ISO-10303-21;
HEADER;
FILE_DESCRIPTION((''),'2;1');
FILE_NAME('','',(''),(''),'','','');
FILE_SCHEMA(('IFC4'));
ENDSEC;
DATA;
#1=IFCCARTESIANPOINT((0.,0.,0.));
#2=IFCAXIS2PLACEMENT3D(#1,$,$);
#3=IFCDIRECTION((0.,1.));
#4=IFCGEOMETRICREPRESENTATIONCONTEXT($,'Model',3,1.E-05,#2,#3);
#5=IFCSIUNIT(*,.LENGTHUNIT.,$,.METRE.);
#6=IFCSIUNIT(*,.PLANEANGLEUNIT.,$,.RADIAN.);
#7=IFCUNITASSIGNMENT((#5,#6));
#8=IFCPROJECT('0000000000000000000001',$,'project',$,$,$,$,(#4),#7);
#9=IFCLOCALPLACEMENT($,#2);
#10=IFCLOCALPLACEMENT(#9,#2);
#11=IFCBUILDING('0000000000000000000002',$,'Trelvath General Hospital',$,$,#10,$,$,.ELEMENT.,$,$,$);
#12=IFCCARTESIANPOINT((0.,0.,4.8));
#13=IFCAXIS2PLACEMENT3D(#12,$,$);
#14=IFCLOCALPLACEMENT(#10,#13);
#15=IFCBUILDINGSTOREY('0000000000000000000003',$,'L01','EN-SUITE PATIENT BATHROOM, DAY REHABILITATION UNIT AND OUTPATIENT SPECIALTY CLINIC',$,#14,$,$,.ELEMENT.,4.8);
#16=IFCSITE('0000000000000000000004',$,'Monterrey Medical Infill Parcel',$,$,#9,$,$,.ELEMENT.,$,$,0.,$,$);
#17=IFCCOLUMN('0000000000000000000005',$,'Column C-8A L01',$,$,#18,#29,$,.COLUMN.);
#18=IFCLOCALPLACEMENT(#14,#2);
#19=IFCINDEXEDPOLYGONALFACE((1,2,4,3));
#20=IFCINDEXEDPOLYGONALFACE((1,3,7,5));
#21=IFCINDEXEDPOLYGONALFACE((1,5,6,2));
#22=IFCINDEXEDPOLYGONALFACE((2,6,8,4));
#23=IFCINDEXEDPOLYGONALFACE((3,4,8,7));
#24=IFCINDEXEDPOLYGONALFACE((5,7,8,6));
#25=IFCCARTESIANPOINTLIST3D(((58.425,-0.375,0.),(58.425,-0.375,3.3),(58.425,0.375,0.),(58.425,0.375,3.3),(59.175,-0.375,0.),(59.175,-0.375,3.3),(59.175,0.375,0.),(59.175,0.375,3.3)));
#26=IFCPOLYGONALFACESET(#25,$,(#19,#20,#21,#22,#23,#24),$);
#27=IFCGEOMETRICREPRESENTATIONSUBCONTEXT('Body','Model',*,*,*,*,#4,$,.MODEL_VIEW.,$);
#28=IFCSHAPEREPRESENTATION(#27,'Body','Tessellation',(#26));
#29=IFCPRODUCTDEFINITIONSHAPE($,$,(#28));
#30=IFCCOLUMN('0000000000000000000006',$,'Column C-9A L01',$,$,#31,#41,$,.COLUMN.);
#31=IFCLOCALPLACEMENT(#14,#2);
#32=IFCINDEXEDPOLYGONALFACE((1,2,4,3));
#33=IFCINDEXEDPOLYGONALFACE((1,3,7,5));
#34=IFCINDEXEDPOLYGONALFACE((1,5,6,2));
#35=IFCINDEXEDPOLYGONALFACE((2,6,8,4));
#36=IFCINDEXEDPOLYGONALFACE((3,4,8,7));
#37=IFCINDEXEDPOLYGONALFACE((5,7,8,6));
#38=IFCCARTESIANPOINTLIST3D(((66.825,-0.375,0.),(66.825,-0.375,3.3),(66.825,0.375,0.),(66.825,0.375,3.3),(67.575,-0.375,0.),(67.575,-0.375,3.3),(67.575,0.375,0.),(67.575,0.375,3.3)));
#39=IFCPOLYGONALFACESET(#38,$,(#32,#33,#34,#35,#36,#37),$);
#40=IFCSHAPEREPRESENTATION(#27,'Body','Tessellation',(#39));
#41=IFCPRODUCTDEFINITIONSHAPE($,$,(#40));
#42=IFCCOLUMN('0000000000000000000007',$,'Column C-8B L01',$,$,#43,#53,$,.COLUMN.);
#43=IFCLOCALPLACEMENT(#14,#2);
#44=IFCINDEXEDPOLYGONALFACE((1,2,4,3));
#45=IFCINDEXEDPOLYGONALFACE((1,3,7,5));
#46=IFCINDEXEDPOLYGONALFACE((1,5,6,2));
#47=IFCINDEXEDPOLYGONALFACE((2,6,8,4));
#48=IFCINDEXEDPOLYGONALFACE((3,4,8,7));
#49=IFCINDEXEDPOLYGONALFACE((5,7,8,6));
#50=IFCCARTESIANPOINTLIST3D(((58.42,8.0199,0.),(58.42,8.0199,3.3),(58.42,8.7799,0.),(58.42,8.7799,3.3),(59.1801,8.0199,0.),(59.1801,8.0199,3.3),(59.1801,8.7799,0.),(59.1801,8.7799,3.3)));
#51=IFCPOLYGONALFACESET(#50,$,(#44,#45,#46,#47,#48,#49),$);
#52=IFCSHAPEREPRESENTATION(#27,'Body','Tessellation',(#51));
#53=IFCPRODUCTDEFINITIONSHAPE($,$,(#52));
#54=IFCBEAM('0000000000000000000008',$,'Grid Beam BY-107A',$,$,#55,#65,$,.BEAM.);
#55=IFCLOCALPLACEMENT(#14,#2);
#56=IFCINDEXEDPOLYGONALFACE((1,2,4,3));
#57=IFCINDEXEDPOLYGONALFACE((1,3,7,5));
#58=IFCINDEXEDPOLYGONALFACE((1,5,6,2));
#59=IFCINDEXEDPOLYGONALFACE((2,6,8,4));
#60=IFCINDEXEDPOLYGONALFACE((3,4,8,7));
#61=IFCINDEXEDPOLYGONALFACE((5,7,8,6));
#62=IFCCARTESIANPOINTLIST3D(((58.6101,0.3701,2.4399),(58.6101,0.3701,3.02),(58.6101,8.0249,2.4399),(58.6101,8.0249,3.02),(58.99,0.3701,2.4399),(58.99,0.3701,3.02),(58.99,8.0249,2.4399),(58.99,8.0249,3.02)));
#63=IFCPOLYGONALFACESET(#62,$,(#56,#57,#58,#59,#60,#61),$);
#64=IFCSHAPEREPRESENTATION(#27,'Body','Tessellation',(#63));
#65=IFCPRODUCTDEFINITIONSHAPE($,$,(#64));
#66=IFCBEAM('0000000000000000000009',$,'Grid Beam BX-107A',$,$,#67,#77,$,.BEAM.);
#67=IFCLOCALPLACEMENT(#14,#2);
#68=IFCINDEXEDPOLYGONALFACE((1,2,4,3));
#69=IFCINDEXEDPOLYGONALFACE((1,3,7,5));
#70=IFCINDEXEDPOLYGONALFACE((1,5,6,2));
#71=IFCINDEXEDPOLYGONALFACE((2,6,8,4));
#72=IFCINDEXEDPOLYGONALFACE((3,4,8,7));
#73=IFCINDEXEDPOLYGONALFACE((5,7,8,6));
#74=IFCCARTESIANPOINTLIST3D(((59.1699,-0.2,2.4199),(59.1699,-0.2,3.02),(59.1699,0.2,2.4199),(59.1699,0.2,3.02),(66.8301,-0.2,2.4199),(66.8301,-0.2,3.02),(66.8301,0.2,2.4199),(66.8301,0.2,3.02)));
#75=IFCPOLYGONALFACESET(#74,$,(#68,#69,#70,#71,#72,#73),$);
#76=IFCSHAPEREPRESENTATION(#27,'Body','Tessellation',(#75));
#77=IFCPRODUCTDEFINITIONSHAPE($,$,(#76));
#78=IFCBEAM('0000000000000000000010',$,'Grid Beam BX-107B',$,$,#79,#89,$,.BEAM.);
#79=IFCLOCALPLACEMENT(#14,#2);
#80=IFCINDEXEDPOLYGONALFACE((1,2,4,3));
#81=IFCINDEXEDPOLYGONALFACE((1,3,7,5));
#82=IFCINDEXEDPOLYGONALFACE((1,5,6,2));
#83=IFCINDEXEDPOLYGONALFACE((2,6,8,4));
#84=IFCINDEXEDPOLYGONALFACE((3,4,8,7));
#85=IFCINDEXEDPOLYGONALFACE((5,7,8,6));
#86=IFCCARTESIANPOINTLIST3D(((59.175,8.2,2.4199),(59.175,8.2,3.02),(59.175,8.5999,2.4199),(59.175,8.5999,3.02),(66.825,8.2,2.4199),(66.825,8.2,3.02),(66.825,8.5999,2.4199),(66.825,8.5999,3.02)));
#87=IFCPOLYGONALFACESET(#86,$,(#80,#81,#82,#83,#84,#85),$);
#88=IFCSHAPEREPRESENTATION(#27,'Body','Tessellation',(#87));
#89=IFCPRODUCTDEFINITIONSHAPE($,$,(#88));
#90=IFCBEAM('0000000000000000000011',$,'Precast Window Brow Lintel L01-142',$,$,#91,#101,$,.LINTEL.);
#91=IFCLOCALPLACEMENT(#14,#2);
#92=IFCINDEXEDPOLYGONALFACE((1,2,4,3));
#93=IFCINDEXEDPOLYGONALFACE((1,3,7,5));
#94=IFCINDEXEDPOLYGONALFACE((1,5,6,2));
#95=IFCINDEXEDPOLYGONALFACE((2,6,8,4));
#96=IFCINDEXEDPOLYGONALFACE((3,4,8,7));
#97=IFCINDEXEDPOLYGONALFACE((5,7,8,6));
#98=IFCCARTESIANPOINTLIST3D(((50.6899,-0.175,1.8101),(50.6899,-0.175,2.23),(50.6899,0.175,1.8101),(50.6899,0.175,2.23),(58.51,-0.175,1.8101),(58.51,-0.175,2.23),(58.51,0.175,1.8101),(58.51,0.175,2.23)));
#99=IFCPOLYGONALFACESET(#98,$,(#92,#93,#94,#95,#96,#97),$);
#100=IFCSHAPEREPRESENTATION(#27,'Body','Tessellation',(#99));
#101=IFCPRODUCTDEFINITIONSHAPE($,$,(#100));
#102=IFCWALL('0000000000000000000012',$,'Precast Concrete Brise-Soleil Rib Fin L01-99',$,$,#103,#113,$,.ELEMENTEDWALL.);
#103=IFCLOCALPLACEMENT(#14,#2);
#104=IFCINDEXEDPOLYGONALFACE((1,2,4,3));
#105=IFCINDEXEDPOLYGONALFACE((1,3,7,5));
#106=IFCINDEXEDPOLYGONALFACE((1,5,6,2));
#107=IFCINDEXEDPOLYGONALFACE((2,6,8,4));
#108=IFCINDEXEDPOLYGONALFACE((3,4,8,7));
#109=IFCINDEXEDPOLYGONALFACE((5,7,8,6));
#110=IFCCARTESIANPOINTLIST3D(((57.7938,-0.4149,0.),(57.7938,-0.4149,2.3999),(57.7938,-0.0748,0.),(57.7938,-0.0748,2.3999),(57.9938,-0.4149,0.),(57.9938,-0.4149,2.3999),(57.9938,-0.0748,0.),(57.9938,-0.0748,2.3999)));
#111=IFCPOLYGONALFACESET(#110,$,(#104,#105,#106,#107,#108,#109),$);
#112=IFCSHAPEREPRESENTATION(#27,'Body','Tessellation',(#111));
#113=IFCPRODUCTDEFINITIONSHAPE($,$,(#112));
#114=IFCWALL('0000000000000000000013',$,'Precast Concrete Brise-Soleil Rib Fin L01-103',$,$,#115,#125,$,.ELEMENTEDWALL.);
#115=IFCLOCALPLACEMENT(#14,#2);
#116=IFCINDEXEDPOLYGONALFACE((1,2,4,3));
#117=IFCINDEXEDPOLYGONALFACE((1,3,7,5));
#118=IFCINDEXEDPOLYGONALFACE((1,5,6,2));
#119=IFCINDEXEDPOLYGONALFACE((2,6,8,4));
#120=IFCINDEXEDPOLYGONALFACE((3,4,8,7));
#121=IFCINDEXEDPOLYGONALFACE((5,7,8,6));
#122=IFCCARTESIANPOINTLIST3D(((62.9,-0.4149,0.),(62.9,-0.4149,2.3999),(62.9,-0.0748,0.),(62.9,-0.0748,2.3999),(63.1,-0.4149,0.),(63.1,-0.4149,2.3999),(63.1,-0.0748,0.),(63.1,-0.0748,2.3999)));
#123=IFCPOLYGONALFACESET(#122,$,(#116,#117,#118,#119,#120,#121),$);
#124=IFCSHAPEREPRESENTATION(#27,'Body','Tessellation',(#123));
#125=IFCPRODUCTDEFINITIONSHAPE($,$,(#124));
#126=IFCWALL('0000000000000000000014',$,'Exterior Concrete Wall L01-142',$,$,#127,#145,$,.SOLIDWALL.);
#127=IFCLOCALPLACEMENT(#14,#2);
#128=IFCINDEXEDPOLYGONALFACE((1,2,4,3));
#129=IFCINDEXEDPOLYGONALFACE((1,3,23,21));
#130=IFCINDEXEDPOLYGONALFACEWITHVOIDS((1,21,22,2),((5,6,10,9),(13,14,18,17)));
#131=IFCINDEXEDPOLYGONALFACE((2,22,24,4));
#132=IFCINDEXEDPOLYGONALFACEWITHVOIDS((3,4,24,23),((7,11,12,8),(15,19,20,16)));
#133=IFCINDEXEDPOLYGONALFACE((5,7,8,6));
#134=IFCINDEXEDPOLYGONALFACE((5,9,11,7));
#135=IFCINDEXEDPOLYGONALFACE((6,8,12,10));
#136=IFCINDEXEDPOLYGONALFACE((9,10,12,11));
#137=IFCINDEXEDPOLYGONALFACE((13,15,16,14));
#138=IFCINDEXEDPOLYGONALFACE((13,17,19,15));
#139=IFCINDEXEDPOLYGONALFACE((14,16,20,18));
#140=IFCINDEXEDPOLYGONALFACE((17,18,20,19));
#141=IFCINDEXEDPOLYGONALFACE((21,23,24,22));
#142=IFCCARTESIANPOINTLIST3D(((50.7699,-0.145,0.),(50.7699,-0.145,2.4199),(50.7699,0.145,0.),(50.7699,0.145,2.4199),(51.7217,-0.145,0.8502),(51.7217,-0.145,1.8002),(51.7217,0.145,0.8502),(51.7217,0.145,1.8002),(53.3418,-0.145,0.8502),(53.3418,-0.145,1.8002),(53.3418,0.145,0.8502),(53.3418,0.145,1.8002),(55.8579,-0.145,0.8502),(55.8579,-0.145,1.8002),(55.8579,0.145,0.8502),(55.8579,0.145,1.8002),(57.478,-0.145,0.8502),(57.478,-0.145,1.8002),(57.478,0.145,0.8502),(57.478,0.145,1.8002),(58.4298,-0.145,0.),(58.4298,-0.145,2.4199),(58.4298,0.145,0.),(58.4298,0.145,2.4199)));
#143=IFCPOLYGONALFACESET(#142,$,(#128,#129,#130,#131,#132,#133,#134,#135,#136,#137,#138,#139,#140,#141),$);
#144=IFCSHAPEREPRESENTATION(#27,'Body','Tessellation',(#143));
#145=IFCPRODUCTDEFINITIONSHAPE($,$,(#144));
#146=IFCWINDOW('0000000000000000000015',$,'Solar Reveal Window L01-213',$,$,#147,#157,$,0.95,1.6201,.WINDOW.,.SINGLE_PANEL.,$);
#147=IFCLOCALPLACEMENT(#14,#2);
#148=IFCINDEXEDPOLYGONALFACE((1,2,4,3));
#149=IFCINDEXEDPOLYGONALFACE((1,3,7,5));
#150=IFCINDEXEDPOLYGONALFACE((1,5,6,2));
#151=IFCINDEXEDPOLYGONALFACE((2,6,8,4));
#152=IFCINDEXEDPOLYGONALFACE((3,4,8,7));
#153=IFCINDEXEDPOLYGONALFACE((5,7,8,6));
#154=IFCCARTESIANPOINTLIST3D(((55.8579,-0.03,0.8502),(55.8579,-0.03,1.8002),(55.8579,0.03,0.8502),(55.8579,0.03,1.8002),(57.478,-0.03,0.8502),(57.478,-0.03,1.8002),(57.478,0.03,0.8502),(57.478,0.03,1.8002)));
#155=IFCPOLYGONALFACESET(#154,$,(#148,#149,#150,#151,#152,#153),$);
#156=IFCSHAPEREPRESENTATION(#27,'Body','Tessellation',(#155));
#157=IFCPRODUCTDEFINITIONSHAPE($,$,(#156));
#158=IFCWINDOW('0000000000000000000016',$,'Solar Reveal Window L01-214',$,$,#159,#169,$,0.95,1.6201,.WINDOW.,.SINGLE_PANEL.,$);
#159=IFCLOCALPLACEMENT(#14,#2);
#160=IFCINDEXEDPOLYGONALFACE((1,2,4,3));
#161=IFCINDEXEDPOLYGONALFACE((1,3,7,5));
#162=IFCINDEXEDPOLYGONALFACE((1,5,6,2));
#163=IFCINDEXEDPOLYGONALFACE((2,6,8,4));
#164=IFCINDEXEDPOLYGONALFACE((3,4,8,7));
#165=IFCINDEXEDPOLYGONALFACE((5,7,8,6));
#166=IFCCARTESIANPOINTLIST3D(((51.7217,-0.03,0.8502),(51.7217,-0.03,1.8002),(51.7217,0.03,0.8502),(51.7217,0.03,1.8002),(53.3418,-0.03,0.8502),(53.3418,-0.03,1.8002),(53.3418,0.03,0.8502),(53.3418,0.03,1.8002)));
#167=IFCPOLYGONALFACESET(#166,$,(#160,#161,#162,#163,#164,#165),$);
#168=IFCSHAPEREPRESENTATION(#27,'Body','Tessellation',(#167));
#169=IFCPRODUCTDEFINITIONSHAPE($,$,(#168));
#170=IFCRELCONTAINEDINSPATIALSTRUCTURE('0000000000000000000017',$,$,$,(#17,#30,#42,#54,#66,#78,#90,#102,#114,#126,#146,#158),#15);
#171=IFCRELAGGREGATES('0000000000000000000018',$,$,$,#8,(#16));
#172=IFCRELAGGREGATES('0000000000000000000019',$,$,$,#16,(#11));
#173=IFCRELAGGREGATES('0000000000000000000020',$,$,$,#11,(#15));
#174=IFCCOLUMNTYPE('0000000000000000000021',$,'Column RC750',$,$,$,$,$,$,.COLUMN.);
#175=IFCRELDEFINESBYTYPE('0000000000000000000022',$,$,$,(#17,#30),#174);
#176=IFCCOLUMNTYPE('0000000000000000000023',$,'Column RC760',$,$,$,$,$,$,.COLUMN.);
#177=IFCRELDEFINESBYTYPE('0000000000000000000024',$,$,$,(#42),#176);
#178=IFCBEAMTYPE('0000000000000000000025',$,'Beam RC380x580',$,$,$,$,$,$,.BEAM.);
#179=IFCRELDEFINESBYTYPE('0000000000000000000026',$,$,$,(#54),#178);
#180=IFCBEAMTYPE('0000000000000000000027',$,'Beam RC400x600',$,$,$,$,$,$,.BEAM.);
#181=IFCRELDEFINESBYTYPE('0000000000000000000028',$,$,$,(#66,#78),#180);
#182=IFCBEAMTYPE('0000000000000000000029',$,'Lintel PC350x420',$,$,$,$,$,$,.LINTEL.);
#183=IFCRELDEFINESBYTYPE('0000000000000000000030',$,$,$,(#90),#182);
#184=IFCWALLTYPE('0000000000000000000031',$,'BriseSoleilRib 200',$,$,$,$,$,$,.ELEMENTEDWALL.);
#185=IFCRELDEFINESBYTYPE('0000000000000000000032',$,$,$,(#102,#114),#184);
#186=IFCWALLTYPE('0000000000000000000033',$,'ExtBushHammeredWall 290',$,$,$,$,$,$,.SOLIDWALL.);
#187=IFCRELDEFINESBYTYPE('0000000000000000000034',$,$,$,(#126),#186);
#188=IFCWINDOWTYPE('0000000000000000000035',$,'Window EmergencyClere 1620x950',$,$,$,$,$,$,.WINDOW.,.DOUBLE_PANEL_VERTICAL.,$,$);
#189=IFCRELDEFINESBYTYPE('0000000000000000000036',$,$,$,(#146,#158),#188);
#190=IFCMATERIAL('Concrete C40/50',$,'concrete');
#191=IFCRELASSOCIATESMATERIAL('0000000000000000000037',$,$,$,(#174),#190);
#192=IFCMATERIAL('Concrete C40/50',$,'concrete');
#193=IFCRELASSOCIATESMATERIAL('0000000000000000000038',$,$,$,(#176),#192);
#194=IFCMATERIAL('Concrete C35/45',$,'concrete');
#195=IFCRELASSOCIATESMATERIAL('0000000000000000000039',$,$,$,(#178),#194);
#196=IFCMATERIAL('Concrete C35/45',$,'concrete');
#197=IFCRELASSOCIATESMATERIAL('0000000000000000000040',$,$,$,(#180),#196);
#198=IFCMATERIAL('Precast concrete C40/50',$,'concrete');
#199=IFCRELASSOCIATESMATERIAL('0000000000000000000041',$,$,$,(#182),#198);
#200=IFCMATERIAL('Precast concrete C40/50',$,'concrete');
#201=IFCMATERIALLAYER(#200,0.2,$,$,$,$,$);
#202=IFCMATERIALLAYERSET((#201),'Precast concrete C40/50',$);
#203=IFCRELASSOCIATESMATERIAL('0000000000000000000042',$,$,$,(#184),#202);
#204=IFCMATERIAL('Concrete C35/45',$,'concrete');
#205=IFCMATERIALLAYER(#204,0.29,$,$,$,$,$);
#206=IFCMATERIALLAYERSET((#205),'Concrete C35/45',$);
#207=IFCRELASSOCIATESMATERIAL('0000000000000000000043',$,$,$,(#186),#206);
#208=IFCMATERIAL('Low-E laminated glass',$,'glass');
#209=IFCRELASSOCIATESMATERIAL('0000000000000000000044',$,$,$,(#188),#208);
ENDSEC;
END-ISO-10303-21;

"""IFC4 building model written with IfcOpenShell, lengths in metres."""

from ifc_helpers import new_model, si_unit, direction, frame, frame_2d, origin, origin_2d, place, context, subcontext, project, spatial, rectangle, extrude, material, layer, layer_set, material_profile, profile_set, type_object, element, fill, save


model = new_model("IFC4")

# Units and contexts
model_context = context("Model", 3, precision=1e-05, world=origin(), true_north=direction((0.0, 1.0)))
body_context = subcontext(model_context, "Body", "Model", "MODEL_VIEW")
ifc_project = project(units=[si_unit("LENGTHUNIT", "METRE"), si_unit("PLANEANGLEUNIT", "RADIAN")], contexts=[model_context])

# Site, building, storey
site_placement = place(None, origin())
site = spatial("IfcSite", under=ifc_project, at=site_placement, Name="Monterrey Medical Infill Parcel", CompositionType="ELEMENT", RefElevation=0.0)
building_placement = place(site_placement, origin())
building = spatial("IfcBuilding", under=site, at=building_placement, Name="Trelvath General Hospital", CompositionType="ELEMENT")
storey_placement = place(building_placement, frame((0.0, 0.0, 4.8)))
storey = spatial("IfcBuildingStorey", under=building, at=storey_placement, Name="L01", Description="EN-SUITE PATIENT BATHROOM, DAY REHABILITATION UNIT AND OUTPATIENT SPECIALTY CLINIC", CompositionType="ELEMENT", Elevation=4.8)

# Columns
ifc_material_1 = material(Name="Concrete C40/50", Category="concrete")
ifc_material_profile_1 = material_profile(ifc_material_1, rectangle(XDim=0.75, YDim=0.75, at=origin_2d()), Name="RC750x750")
ifc_profile_set_1 = profile_set([ifc_material_profile_1], Name="Concrete C40/50")
column_type_1 = type_object("IfcColumnType", Name="Column RC750", PredefinedType="COLUMN", material=ifc_profile_set_1)
for number, where, z_axis, x_axis, name in (
    (1, (58.8, 0.0, 0.0), (0.0, 0.0, 1.0), (1.0, 0.0, 0.0), "Column C-8A L01"),
    (2, (67.2, 0.0, 0.0), (0.0, 0.0, 1.0), (1.0, 0.0, 0.0), "Column C-9A L01"),
):
    element("IfcColumn", number, at=place(storey_placement, frame(where, z_axis=z_axis, x_axis=x_axis)), inside=storey, type_object=column_type_1, Name=name, PredefinedType="COLUMN", context=body_context, shape_type="SweptSolid", body=[
        extrude(rectangle(XDim=0.75, YDim=0.75, at=origin_2d()), origin(), (0.0, 0.0, 1.0), 3.3),
    ])
ifc_material_2 = material(Name="Concrete C40/50", Category="concrete")
ifc_material_profile_2 = material_profile(ifc_material_2, rectangle(XDim=0.76, YDim=0.76, at=origin_2d()), Name="RC760x760")
ifc_profile_set_2 = profile_set([ifc_material_profile_2], Name="Concrete C40/50")
column_type_2 = type_object("IfcColumnType", Name="Column RC760", PredefinedType="COLUMN", material=ifc_profile_set_2)
column_placement = place(storey_placement, frame((58.8, 8.3999, 0.0), z_axis=(0.0, 0.0, 1.0), x_axis=(1.0, 0.0, 0.0)))
element("IfcColumn", 3, at=column_placement, inside=storey, type_object=column_type_2, Name="Column C-8B L01", PredefinedType="COLUMN", context=body_context, shape_type="SweptSolid", body=[
    extrude(rectangle(XDim=0.76, YDim=0.76, at=origin_2d()), origin(), (0.0, 0.0, 1.0), 3.3),
])

# Beams
ifc_material_3 = material(Name="Concrete C35/45", Category="concrete")
ifc_material_profile_3 = material_profile(ifc_material_3, rectangle(XDim=0.3799, YDim=0.5801, at=origin_2d()), Name="RCB380x580")
ifc_profile_set_3 = profile_set([ifc_material_profile_3], Name="Concrete C35/45")
beam_type_1 = type_object("IfcBeamType", Name="Beam RC380x580", PredefinedType="BEAM", material=ifc_profile_set_3)
beam_1_placement = place(storey_placement, frame((58.8, 0.3701, 2.73), z_axis=(0.0, 1.0, 0.0), x_axis=(-1.0, 0.0, 0.0)))
element("IfcBeam", 4, at=beam_1_placement, inside=storey, type_object=beam_type_1, Name="Grid Beam BY-107A", PredefinedType="BEAM", context=body_context, shape_type="SweptSolid", body=[
    extrude(rectangle(XDim=0.3799, YDim=0.5801, at=origin_2d()), origin(), (0.0, 0.0, 1.0), 7.6548),
])
ifc_material_4 = material(Name="Concrete C35/45", Category="concrete")
ifc_material_profile_4 = material_profile(ifc_material_4, rectangle(XDim=0.3999, YDim=0.6001, at=origin_2d()), Name="RCB400x600")
ifc_profile_set_4 = profile_set([ifc_material_profile_4], Name="Concrete C35/45")
beam_type_2 = type_object("IfcBeamType", Name="Beam RC400x600", PredefinedType="BEAM", material=ifc_profile_set_4)
beam_2_placement = place(storey_placement, frame((59.1699, 0.0, 2.72), z_axis=(1.0, 0.0, 0.0), x_axis=(0.0, 1.0, 0.0)))
element("IfcBeam", 5, at=beam_2_placement, inside=storey, type_object=beam_type_2, Name="Grid Beam BX-107A", PredefinedType="BEAM", context=body_context, shape_type="SweptSolid", body=[
    extrude(rectangle(XDim=0.3999, YDim=0.6001, at=origin_2d()), origin(), (0.0, 0.0, 1.0), 7.6602),
])
beam_3_placement = place(storey_placement, frame((59.175, 8.3999, 2.72), z_axis=(1.0, 0.0, 0.0), x_axis=(0.0, 1.0, 0.0)))
element("IfcBeam", 6, at=beam_3_placement, inside=storey, type_object=beam_type_2, Name="Grid Beam BX-107B", PredefinedType="BEAM", context=body_context, shape_type="SweptSolid", body=[
    extrude(rectangle(XDim=0.3999, YDim=0.6001, at=origin_2d()), origin(), (0.0, 0.0, 1.0), 7.6499),
])
ifc_material_5 = material(Name="Precast concrete C40/50", Category="concrete")
ifc_material_profile_5 = material_profile(ifc_material_5, rectangle(XDim=0.3501, YDim=0.4199, at=origin_2d()), Name="PCL350x420")
ifc_profile_set_5 = profile_set([ifc_material_profile_5], Name="Precast concrete C40/50")
beam_type_3 = type_object("IfcBeamType", Name="Lintel PC350x420", PredefinedType="LINTEL", material=ifc_profile_set_5)
beam_4_placement = place(storey_placement, frame((58.51, 0.0, 2.02), z_axis=(-1.0, 0.0, 0.0), x_axis=(0.0, -1.0, 0.0)))
element("IfcBeam", 7, at=beam_4_placement, inside=storey, type_object=beam_type_3, Name="Precast Window Brow Lintel L01-142", PredefinedType="LINTEL", context=body_context, shape_type="SweptSolid", body=[
    extrude(rectangle(XDim=0.3501, YDim=0.4199, at=origin_2d()), origin(), (0.0, 0.0, 1.0), 7.8201),
])

# Walls
ifc_material_6 = material(Name="Precast concrete C40/50", Category="concrete")
ifc_layer_1 = layer(ifc_material_6, 0.2)
ifc_layer_set_1 = layer_set([ifc_layer_1], Name="Precast concrete C40/50")
wall_type_1 = type_object("IfcWallType", Name="BriseSoleilRib 200", PredefinedType="ELEMENTEDWALL", material=ifc_layer_set_1)
for number, where, z_axis, x_axis, name in (
    (8, (57.8938, -0.075, 0.0), (0.0, 0.0, 1.0), (0.0, -1.0, 0.0), "Precast Concrete Brise-Soleil Rib Fin L01-99"),
    (9, (63.0, -0.075, 0.0), (0.0, 0.0, 1.0), (0.0, -1.0, 0.0), "Precast Concrete Brise-Soleil Rib Fin L01-103"),
):
    element("IfcWall", number, at=place(storey_placement, frame(where, z_axis=z_axis, x_axis=x_axis)), inside=storey, type_object=wall_type_1, Name=name, PredefinedType="ELEMENTEDWALL", context=body_context, shape_type="SweptSolid", body=[
        extrude(rectangle(XDim=0.3401, YDim=0.2, at=frame_2d((0.1699, 0.0))), origin(), (0.0, 0.0, 1.0), 2.3999),
    ])

# Wall, openings, windows
ifc_material_7 = material(Name="Concrete C35/45", Category="concrete")
ifc_layer_2 = layer(ifc_material_7, 0.29)
ifc_layer_set_2 = layer_set([ifc_layer_2], Name="Concrete C35/45")
wall_type_2 = type_object("IfcWallType", Name="ExtBushHammeredWall 290", PredefinedType="SOLIDWALL", material=ifc_layer_set_2)
wall_1_placement = place(storey_placement, frame((58.4299, 0.0, 0.0), z_axis=(0.0, 0.0, 1.0), x_axis=(-1.0, 0.0, 0.0)))
wall_1 = element("IfcWall", 10, at=wall_1_placement, inside=storey, type_object=wall_type_2, Name="Exterior Concrete Wall L01-142", PredefinedType="SOLIDWALL", context=body_context, shape_type="SweptSolid", body=[
    extrude(rectangle(XDim=7.6599, YDim=0.29, at=frame_2d((3.8301, 0.0))), origin(), (0.0, 0.0, 1.0), 2.4199),
])
opening_1_placement = place(wall_1_placement, frame((0.9519, 0.0, 0.8501)))
opening_1 = element("IfcOpeningElement", 11, at=opening_1_placement, cuts=wall_1, PredefinedType="OPENING", context=body_context, shape_type="SweptSolid", body=[
    extrude(rectangle(XDim=1.6201, YDim=0.95, at=frame_2d((0.8101, 0.4751))), frame((0.0, 0.155, 0.0), z_axis=(0.0, -1.0, 0.0), x_axis=(1.0, 0.0, 0.0)), (0.0, 0.0, 1.0), 0.3101),
])
opening_2_placement = place(wall_1_placement, frame((5.0881, 0.0, 0.8501)))
opening_2 = element("IfcOpeningElement", 12, at=opening_2_placement, cuts=wall_1, PredefinedType="OPENING", context=body_context, shape_type="SweptSolid", body=[
    extrude(rectangle(XDim=1.6201, YDim=0.95, at=frame_2d((0.8101, 0.4751))), frame((0.0, 0.155, 0.0), z_axis=(0.0, -1.0, 0.0), x_axis=(1.0, 0.0, 0.0)), (0.0, 0.0, 1.0), 0.3101),
])
ifc_material_8 = material(Name="Low-E laminated glass", Category="glass")
window_type_1 = type_object("IfcWindowType", Name="Window EmergencyClere 1620x950", PartitioningType="DOUBLE_PANEL_VERTICAL", PredefinedType="WINDOW", material=ifc_material_8)
window_1_placement = place(opening_1_placement, origin())
window_1 = element("IfcWindow", 13, at=window_1_placement, inside=storey, type_object=window_type_1, Name="Solar Reveal Window L01-213", OverallHeight=0.95, OverallWidth=1.6201, PartitioningType="SINGLE_PANEL", PredefinedType="WINDOW", context=body_context, shape_type="SweptSolid", body=[
    extrude(rectangle(XDim=1.6201, YDim=0.95, at=frame_2d((0.8101, 0.4751))), frame((0.0, 0.03, 0.0), z_axis=(0.0, -1.0, 0.0), x_axis=(1.0, 0.0, 0.0)), (0.0, 0.0, 1.0), 0.0601),
])
fill(opening_1, window_1)
window_2_placement = place(opening_2_placement, origin())
window_2 = element("IfcWindow", 14, at=window_2_placement, inside=storey, type_object=window_type_1, Name="Solar Reveal Window L01-214", OverallHeight=0.95, OverallWidth=1.6201, PartitioningType="SINGLE_PANEL", PredefinedType="WINDOW", context=body_context, shape_type="SweptSolid", body=[
    extrude(rectangle(XDim=1.6201, YDim=0.95, at=frame_2d((0.8101, 0.4751))), frame((0.0, 0.03, 0.0), z_axis=(0.0, -1.0, 0.0), x_axis=(1.0, 0.0, 0.0)), (0.0, 0.0, 1.0), 0.0601),
])
fill(opening_2, window_2)

save(model, "model.ifc")
